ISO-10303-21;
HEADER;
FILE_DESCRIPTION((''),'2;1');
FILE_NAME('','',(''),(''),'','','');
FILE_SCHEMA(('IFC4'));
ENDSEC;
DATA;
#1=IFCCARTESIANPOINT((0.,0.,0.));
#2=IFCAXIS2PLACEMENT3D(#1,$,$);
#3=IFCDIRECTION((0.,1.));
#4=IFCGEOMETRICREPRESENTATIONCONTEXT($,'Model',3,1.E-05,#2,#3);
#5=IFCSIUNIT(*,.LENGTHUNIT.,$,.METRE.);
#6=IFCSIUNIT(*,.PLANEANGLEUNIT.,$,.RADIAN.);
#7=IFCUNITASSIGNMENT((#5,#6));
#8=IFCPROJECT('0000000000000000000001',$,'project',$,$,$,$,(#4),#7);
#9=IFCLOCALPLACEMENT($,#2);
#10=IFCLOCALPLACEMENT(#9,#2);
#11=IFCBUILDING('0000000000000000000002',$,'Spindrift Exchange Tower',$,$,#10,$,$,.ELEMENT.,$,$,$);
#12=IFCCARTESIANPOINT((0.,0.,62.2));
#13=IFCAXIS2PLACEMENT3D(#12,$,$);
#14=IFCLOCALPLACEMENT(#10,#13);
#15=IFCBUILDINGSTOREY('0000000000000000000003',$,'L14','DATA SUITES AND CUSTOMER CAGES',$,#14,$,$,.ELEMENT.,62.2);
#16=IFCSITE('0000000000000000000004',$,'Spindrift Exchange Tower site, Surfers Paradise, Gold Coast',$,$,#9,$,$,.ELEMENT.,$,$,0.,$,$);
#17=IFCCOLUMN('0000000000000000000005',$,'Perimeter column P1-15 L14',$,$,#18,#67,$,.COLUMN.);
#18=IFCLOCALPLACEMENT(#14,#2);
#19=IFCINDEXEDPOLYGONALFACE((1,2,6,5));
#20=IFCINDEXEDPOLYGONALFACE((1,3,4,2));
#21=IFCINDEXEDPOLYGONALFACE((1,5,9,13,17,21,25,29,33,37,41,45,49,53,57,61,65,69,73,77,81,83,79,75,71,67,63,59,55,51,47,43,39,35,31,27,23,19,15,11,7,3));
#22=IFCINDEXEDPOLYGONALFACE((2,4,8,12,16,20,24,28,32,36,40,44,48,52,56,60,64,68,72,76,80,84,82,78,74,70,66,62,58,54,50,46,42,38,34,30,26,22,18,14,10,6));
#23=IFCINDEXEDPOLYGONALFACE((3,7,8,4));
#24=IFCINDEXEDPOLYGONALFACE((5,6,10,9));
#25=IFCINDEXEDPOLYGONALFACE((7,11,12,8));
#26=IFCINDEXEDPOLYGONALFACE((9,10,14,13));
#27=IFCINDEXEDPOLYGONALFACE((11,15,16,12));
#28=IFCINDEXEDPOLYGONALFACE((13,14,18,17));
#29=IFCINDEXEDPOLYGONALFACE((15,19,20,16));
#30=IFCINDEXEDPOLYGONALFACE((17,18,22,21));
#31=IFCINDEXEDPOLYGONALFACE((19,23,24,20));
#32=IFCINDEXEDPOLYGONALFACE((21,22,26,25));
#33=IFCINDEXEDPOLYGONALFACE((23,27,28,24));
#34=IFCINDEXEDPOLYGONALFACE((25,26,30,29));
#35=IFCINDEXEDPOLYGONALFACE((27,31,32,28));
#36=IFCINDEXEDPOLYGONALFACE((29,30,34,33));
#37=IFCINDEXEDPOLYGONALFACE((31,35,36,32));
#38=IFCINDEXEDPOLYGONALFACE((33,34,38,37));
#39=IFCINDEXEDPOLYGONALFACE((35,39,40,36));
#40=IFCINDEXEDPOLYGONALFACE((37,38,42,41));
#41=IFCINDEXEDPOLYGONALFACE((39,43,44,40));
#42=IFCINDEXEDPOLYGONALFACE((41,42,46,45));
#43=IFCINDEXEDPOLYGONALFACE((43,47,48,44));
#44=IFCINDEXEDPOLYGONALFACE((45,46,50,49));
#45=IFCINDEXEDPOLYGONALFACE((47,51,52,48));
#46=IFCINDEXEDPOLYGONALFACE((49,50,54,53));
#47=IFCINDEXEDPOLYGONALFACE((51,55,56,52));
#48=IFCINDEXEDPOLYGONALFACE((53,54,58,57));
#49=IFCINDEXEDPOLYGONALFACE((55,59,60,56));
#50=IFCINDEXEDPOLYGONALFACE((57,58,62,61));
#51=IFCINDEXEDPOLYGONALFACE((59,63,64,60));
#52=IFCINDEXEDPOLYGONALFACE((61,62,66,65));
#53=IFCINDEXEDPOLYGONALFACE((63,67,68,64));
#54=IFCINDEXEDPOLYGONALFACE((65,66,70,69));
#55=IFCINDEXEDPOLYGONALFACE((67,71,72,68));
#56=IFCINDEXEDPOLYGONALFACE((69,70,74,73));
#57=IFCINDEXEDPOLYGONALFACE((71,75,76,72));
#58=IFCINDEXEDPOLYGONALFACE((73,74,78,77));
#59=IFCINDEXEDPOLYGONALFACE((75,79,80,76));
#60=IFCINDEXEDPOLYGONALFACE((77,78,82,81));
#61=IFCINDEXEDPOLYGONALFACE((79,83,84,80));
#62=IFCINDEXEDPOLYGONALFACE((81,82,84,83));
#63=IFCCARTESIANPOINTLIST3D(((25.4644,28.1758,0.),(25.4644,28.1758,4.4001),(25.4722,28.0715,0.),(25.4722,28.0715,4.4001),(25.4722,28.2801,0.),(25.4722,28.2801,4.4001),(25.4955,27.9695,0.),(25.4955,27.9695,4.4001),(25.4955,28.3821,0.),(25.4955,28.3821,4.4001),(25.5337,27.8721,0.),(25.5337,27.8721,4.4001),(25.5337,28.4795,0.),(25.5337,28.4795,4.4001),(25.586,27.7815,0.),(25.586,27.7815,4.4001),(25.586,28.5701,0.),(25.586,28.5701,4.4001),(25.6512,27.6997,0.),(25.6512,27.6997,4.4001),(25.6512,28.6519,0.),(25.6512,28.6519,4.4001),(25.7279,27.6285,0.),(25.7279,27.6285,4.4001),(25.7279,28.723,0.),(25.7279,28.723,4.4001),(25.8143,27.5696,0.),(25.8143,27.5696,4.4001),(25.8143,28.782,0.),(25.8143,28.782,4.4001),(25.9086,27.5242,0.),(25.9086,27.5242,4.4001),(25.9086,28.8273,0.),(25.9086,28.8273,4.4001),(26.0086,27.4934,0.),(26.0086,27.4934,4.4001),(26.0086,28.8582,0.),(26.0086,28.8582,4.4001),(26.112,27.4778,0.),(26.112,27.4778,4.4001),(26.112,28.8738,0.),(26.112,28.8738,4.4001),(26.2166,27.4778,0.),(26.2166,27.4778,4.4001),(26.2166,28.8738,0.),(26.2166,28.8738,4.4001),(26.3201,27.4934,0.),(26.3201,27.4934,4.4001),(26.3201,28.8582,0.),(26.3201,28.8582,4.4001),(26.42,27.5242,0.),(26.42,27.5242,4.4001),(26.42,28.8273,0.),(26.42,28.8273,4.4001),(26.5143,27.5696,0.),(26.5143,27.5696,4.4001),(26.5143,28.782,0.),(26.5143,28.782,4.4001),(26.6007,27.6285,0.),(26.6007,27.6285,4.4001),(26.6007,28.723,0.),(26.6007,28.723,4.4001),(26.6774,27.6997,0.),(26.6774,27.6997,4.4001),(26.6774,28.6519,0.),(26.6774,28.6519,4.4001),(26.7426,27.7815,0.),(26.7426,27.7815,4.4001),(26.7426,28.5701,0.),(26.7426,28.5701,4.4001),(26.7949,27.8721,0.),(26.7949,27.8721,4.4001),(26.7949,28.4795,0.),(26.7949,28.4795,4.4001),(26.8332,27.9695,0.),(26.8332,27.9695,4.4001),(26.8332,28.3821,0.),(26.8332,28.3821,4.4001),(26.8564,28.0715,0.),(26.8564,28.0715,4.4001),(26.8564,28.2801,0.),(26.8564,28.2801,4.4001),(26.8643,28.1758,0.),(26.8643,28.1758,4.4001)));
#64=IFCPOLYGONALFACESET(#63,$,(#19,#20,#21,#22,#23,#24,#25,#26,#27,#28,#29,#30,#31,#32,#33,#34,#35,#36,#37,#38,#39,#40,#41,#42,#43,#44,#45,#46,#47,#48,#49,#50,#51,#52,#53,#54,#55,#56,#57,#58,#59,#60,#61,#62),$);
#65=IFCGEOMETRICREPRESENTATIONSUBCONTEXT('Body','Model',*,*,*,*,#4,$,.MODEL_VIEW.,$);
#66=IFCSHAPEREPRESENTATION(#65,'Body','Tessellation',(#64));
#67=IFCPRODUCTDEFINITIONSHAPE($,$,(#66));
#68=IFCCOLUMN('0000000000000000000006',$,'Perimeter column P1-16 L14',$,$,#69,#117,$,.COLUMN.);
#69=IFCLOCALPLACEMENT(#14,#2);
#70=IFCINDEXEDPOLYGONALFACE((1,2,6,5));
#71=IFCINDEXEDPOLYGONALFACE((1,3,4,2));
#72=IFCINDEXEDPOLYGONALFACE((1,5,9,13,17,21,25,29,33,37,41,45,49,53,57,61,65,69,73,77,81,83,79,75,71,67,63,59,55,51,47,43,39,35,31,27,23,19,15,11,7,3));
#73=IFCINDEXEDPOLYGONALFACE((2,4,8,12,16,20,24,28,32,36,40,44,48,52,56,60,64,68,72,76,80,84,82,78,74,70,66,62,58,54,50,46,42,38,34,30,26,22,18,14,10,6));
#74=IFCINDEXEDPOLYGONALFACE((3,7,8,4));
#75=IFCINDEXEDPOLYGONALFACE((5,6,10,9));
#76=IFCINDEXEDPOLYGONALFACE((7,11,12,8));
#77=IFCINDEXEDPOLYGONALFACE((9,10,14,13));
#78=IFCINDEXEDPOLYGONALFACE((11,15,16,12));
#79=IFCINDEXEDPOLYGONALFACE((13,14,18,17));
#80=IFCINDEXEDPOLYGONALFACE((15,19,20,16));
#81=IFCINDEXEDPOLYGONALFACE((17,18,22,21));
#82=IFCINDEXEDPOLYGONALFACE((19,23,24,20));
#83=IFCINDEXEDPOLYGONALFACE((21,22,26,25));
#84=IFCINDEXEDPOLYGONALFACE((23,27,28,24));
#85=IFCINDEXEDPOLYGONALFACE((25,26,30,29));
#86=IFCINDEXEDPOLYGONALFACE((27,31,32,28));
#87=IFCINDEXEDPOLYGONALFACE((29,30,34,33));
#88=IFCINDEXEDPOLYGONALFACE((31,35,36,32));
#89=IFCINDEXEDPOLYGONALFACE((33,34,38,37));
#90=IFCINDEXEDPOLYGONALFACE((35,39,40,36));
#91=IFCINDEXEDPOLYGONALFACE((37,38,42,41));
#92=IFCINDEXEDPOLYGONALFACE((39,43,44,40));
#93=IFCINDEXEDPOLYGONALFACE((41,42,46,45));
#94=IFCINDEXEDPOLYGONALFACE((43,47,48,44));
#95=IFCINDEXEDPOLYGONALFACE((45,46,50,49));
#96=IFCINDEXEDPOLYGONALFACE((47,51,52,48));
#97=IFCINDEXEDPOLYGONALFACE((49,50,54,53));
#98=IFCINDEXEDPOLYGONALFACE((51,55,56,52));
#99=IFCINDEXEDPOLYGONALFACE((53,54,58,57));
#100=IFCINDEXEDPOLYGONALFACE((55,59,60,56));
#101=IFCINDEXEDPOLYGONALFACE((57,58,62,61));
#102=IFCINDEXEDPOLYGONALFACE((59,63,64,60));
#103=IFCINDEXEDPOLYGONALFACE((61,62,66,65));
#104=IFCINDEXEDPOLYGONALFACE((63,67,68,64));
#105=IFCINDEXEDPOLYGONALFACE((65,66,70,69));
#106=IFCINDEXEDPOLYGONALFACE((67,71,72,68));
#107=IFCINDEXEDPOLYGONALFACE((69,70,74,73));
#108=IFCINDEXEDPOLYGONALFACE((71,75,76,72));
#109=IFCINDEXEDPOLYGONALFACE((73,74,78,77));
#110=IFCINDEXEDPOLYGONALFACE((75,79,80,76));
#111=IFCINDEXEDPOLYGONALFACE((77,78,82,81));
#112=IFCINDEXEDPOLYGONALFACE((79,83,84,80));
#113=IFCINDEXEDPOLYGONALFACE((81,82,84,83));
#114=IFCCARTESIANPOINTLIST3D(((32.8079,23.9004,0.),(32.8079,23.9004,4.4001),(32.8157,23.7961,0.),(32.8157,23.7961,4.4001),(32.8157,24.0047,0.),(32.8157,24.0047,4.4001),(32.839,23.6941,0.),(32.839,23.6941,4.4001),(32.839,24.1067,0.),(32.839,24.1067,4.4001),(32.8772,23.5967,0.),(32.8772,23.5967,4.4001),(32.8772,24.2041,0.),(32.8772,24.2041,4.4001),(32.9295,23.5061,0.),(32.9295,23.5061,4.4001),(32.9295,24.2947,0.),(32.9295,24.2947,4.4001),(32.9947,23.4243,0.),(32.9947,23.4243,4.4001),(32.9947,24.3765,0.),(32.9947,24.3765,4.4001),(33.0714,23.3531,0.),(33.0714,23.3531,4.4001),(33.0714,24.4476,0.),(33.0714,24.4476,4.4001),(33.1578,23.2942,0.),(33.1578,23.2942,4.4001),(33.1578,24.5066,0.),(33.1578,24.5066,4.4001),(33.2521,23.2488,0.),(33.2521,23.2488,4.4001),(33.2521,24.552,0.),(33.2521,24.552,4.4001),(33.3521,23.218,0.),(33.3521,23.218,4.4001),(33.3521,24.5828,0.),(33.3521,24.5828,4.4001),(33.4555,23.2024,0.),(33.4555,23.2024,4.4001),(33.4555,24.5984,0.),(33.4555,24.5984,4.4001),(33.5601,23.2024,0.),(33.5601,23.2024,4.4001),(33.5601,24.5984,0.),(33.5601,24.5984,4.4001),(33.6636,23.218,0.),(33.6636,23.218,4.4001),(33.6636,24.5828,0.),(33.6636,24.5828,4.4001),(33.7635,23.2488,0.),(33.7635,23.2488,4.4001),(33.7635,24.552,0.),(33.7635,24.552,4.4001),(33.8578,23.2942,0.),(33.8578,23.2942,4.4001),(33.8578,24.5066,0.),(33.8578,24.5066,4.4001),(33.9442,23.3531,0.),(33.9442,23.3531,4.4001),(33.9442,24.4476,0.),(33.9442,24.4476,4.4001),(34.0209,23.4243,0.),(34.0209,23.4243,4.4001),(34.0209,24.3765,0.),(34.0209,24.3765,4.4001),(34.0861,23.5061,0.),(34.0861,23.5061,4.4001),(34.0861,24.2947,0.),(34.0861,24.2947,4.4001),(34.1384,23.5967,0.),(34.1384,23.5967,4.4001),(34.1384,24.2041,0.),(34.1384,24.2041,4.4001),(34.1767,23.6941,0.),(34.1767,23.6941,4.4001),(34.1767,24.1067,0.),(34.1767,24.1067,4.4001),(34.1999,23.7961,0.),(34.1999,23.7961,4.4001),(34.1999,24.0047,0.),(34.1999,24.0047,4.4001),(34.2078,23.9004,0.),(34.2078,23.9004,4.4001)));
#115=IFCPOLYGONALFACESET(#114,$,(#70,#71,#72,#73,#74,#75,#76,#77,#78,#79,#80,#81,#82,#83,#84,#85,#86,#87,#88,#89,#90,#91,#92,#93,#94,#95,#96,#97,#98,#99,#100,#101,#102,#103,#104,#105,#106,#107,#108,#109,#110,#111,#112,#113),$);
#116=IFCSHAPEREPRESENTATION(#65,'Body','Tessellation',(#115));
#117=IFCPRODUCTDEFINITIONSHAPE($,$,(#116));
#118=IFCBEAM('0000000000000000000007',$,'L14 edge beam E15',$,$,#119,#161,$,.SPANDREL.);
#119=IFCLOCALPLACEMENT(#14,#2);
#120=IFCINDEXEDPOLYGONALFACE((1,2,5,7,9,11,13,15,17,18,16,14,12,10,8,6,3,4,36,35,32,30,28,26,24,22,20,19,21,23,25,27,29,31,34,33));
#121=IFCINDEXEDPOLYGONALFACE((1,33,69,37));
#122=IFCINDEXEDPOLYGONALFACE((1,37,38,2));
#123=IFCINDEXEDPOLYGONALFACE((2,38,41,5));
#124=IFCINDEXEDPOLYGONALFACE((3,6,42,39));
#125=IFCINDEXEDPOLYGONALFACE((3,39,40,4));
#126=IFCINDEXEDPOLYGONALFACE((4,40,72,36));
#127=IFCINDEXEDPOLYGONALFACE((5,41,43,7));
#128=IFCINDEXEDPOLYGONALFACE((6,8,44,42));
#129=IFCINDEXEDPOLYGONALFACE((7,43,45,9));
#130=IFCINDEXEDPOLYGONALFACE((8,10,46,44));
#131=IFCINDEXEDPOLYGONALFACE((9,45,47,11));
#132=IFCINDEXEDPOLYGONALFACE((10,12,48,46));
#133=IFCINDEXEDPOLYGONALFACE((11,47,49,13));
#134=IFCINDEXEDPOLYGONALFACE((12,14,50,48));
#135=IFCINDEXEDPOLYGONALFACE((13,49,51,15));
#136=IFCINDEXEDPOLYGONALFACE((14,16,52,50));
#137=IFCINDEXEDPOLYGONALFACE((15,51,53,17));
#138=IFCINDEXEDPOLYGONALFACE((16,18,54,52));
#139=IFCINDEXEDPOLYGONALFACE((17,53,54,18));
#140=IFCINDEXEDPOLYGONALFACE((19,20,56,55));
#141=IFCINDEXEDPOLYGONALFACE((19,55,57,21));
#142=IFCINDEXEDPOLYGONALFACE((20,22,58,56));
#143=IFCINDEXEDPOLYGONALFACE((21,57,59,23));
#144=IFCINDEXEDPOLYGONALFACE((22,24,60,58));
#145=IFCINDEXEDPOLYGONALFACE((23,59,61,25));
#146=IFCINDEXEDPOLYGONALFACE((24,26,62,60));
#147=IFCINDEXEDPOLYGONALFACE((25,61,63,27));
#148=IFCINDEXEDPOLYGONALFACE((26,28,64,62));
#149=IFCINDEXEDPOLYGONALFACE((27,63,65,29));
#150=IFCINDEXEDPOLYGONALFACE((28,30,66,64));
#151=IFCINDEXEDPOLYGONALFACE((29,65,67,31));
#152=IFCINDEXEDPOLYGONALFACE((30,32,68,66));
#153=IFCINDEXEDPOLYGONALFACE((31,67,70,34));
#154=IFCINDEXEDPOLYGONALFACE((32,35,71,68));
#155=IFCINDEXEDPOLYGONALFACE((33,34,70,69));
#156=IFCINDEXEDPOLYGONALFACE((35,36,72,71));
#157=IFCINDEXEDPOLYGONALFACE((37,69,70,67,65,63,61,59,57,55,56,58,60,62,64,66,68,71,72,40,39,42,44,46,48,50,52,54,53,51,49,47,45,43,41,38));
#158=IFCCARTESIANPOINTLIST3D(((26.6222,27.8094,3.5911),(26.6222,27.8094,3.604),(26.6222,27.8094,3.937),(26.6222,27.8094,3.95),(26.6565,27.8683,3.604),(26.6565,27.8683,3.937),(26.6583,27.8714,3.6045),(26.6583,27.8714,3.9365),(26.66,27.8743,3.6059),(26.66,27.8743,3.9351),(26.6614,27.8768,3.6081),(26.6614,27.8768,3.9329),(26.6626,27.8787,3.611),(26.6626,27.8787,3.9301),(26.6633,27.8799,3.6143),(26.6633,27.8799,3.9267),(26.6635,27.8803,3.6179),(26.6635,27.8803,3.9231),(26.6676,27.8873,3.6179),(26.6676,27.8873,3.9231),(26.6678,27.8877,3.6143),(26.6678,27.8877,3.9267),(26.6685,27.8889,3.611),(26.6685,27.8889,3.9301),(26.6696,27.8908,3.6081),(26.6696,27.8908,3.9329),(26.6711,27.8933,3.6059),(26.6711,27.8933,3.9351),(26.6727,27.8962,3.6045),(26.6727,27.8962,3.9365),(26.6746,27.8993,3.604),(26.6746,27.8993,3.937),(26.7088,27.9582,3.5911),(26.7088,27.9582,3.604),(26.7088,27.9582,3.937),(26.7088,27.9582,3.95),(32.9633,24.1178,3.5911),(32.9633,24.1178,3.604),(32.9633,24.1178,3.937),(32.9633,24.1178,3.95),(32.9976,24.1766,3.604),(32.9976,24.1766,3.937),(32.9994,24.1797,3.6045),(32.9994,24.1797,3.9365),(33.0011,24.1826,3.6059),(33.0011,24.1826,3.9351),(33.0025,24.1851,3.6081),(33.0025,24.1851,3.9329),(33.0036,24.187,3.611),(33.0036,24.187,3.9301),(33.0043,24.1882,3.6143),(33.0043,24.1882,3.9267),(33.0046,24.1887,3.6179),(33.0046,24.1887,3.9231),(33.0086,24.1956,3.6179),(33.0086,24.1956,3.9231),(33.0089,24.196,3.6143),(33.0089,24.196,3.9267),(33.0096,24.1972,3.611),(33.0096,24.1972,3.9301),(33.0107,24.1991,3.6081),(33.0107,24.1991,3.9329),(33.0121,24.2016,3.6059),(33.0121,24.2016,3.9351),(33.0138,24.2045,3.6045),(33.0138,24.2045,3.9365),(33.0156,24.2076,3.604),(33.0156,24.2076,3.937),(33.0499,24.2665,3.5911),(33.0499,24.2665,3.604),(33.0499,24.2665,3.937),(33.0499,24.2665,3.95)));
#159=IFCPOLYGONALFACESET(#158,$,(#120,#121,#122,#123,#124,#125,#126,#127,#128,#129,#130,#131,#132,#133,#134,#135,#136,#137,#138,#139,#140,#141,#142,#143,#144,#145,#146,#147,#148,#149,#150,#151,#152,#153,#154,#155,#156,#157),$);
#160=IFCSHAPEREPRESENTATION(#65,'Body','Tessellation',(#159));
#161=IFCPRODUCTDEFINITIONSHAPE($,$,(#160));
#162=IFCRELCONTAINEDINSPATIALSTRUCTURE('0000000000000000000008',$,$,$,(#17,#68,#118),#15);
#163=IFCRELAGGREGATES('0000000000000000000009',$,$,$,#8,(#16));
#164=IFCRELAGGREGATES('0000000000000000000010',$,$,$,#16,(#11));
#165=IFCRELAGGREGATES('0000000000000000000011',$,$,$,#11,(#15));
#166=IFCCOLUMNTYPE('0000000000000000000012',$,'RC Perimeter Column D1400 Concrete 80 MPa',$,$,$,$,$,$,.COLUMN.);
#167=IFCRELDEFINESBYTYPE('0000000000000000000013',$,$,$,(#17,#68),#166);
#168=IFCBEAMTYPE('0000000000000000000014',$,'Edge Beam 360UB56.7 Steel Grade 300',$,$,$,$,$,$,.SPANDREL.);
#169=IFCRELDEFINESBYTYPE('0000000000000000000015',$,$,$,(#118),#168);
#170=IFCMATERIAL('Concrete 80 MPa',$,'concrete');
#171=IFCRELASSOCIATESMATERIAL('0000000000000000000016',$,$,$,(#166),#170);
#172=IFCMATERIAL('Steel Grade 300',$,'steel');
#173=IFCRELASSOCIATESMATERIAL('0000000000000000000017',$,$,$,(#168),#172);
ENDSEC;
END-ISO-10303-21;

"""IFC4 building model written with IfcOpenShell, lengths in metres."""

from ifc_helpers import new_model, si_unit, direction, frame, origin, origin_2d, place, context, subcontext, project, spatial, circle, i_section, extrude, source, transform, mapped, material, material_profile, profile_set, type_object, element, save


model = new_model("IFC4")

# Units and contexts
model_context = context("Model", 3, precision=1e-05, world=origin(), true_north=direction((0.0, 1.0)))
body_context = subcontext(model_context, "Body", "Model", "MODEL_VIEW")
ifc_project = project(units=[si_unit("LENGTHUNIT", "METRE"), si_unit("PLANEANGLEUNIT", "RADIAN")], contexts=[model_context])

# Site, building, storey
site_placement = place(None, origin())
site = spatial("IfcSite", under=ifc_project, at=site_placement, Name="Spindrift Exchange Tower site, Surfers Paradise, Gold Coast", CompositionType="ELEMENT", RefElevation=0.0)
building_placement = place(site_placement, origin())
building = spatial("IfcBuilding", under=site, at=building_placement, Name="Spindrift Exchange Tower", CompositionType="ELEMENT")
storey_placement = place(building_placement, frame((0.0, 0.0, 62.2)))
storey = spatial("IfcBuildingStorey", under=building, at=storey_placement, Name="L14", Description="DATA SUITES AND CUSTOMER CAGES", CompositionType="ELEMENT", Elevation=62.2)

# Columns
ifc_material_1 = material(Name="Concrete 80 MPa", Category="concrete")
ifc_material_profile_1 = material_profile(ifc_material_1, circle(Radius=0.7, at=origin_2d()), Name="RC D1400")
ifc_profile_set_1 = profile_set([ifc_material_profile_1], Name="Concrete 80 MPa")
column_type = type_object("IfcColumnType", Name="RC Perimeter Column D1400 Concrete 80 MPa", PredefinedType="COLUMN", material=ifc_profile_set_1)
shared_shape_1 = source(origin(), body_context, "Body", "SweptSolid", [
    extrude(circle(Radius=0.7, at=origin_2d()), origin(), (0.0, 0.0, 1.0), 4.4001),
])
for number, where, z_axis, x_axis, name in (
    (1, (26.1643, 28.1758, 0.0), (0.0, 0.0, 1.0), (1.0, 0.0, 0.0), "Perimeter column P1-15 L14"),
    (2, (33.5078, 23.9004, 0.0), (0.0, 0.0, 1.0), (1.0, 0.0, 0.0), "Perimeter column P1-16 L14"),
):
    element("IfcColumn", number, at=place(storey_placement, frame(where, z_axis=z_axis, x_axis=x_axis)), inside=storey, type_object=column_type, Name=name, PredefinedType="COLUMN", context=body_context, shape_type="MappedRepresentation", body=[
        mapped(shared_shape_1, transform((0.0, 0.0, 0.0), scale=1.0)),
    ])

# Beam
ifc_material_2 = material(Name="Steel Grade 300", Category="steel")
ifc_material_profile_2 = material_profile(ifc_material_2, i_section(OverallWidth=0.1721, OverallDepth=0.3589, WebThickness=0.0081, FlangeThickness=0.0129, FilletRadius=0.0139, at=origin_2d()), Name="360UB56.7")
ifc_profile_set_2 = profile_set([ifc_material_profile_2], Name="Steel Grade 300")
beam_type_1 = type_object("IfcBeamType", Name="Edge Beam 360UB56.7 Steel Grade 300", PredefinedType="SPANDREL", material=ifc_profile_set_2)
shared_shape_2 = source(origin(), body_context, "Body", "SweptSolid", [
    extrude(i_section(OverallWidth=0.1721, OverallDepth=0.3589, WebThickness=0.0081, FlangeThickness=0.0129, FilletRadius=0.0139, at=origin_2d()), origin(), (0.0, 0.0, 1.0), 7.3374),
])
beam_1_placement = place(storey_placement, frame((26.6655, 27.8838, 3.7705), z_axis=(0.864212, -0.503128, 0.0), x_axis=(0.503128, 0.864212, 0.0)))
element("IfcBeam", 3, at=beam_1_placement, inside=storey, type_object=beam_type_1, Name="L14 edge beam E15", PredefinedType="SPANDREL", context=body_context, shape_type="MappedRepresentation", body=[
    mapped(shared_shape_2, transform((0.0, 0.0, 0.0), scale=1.0)),
])

save(model, "model.ifc")
